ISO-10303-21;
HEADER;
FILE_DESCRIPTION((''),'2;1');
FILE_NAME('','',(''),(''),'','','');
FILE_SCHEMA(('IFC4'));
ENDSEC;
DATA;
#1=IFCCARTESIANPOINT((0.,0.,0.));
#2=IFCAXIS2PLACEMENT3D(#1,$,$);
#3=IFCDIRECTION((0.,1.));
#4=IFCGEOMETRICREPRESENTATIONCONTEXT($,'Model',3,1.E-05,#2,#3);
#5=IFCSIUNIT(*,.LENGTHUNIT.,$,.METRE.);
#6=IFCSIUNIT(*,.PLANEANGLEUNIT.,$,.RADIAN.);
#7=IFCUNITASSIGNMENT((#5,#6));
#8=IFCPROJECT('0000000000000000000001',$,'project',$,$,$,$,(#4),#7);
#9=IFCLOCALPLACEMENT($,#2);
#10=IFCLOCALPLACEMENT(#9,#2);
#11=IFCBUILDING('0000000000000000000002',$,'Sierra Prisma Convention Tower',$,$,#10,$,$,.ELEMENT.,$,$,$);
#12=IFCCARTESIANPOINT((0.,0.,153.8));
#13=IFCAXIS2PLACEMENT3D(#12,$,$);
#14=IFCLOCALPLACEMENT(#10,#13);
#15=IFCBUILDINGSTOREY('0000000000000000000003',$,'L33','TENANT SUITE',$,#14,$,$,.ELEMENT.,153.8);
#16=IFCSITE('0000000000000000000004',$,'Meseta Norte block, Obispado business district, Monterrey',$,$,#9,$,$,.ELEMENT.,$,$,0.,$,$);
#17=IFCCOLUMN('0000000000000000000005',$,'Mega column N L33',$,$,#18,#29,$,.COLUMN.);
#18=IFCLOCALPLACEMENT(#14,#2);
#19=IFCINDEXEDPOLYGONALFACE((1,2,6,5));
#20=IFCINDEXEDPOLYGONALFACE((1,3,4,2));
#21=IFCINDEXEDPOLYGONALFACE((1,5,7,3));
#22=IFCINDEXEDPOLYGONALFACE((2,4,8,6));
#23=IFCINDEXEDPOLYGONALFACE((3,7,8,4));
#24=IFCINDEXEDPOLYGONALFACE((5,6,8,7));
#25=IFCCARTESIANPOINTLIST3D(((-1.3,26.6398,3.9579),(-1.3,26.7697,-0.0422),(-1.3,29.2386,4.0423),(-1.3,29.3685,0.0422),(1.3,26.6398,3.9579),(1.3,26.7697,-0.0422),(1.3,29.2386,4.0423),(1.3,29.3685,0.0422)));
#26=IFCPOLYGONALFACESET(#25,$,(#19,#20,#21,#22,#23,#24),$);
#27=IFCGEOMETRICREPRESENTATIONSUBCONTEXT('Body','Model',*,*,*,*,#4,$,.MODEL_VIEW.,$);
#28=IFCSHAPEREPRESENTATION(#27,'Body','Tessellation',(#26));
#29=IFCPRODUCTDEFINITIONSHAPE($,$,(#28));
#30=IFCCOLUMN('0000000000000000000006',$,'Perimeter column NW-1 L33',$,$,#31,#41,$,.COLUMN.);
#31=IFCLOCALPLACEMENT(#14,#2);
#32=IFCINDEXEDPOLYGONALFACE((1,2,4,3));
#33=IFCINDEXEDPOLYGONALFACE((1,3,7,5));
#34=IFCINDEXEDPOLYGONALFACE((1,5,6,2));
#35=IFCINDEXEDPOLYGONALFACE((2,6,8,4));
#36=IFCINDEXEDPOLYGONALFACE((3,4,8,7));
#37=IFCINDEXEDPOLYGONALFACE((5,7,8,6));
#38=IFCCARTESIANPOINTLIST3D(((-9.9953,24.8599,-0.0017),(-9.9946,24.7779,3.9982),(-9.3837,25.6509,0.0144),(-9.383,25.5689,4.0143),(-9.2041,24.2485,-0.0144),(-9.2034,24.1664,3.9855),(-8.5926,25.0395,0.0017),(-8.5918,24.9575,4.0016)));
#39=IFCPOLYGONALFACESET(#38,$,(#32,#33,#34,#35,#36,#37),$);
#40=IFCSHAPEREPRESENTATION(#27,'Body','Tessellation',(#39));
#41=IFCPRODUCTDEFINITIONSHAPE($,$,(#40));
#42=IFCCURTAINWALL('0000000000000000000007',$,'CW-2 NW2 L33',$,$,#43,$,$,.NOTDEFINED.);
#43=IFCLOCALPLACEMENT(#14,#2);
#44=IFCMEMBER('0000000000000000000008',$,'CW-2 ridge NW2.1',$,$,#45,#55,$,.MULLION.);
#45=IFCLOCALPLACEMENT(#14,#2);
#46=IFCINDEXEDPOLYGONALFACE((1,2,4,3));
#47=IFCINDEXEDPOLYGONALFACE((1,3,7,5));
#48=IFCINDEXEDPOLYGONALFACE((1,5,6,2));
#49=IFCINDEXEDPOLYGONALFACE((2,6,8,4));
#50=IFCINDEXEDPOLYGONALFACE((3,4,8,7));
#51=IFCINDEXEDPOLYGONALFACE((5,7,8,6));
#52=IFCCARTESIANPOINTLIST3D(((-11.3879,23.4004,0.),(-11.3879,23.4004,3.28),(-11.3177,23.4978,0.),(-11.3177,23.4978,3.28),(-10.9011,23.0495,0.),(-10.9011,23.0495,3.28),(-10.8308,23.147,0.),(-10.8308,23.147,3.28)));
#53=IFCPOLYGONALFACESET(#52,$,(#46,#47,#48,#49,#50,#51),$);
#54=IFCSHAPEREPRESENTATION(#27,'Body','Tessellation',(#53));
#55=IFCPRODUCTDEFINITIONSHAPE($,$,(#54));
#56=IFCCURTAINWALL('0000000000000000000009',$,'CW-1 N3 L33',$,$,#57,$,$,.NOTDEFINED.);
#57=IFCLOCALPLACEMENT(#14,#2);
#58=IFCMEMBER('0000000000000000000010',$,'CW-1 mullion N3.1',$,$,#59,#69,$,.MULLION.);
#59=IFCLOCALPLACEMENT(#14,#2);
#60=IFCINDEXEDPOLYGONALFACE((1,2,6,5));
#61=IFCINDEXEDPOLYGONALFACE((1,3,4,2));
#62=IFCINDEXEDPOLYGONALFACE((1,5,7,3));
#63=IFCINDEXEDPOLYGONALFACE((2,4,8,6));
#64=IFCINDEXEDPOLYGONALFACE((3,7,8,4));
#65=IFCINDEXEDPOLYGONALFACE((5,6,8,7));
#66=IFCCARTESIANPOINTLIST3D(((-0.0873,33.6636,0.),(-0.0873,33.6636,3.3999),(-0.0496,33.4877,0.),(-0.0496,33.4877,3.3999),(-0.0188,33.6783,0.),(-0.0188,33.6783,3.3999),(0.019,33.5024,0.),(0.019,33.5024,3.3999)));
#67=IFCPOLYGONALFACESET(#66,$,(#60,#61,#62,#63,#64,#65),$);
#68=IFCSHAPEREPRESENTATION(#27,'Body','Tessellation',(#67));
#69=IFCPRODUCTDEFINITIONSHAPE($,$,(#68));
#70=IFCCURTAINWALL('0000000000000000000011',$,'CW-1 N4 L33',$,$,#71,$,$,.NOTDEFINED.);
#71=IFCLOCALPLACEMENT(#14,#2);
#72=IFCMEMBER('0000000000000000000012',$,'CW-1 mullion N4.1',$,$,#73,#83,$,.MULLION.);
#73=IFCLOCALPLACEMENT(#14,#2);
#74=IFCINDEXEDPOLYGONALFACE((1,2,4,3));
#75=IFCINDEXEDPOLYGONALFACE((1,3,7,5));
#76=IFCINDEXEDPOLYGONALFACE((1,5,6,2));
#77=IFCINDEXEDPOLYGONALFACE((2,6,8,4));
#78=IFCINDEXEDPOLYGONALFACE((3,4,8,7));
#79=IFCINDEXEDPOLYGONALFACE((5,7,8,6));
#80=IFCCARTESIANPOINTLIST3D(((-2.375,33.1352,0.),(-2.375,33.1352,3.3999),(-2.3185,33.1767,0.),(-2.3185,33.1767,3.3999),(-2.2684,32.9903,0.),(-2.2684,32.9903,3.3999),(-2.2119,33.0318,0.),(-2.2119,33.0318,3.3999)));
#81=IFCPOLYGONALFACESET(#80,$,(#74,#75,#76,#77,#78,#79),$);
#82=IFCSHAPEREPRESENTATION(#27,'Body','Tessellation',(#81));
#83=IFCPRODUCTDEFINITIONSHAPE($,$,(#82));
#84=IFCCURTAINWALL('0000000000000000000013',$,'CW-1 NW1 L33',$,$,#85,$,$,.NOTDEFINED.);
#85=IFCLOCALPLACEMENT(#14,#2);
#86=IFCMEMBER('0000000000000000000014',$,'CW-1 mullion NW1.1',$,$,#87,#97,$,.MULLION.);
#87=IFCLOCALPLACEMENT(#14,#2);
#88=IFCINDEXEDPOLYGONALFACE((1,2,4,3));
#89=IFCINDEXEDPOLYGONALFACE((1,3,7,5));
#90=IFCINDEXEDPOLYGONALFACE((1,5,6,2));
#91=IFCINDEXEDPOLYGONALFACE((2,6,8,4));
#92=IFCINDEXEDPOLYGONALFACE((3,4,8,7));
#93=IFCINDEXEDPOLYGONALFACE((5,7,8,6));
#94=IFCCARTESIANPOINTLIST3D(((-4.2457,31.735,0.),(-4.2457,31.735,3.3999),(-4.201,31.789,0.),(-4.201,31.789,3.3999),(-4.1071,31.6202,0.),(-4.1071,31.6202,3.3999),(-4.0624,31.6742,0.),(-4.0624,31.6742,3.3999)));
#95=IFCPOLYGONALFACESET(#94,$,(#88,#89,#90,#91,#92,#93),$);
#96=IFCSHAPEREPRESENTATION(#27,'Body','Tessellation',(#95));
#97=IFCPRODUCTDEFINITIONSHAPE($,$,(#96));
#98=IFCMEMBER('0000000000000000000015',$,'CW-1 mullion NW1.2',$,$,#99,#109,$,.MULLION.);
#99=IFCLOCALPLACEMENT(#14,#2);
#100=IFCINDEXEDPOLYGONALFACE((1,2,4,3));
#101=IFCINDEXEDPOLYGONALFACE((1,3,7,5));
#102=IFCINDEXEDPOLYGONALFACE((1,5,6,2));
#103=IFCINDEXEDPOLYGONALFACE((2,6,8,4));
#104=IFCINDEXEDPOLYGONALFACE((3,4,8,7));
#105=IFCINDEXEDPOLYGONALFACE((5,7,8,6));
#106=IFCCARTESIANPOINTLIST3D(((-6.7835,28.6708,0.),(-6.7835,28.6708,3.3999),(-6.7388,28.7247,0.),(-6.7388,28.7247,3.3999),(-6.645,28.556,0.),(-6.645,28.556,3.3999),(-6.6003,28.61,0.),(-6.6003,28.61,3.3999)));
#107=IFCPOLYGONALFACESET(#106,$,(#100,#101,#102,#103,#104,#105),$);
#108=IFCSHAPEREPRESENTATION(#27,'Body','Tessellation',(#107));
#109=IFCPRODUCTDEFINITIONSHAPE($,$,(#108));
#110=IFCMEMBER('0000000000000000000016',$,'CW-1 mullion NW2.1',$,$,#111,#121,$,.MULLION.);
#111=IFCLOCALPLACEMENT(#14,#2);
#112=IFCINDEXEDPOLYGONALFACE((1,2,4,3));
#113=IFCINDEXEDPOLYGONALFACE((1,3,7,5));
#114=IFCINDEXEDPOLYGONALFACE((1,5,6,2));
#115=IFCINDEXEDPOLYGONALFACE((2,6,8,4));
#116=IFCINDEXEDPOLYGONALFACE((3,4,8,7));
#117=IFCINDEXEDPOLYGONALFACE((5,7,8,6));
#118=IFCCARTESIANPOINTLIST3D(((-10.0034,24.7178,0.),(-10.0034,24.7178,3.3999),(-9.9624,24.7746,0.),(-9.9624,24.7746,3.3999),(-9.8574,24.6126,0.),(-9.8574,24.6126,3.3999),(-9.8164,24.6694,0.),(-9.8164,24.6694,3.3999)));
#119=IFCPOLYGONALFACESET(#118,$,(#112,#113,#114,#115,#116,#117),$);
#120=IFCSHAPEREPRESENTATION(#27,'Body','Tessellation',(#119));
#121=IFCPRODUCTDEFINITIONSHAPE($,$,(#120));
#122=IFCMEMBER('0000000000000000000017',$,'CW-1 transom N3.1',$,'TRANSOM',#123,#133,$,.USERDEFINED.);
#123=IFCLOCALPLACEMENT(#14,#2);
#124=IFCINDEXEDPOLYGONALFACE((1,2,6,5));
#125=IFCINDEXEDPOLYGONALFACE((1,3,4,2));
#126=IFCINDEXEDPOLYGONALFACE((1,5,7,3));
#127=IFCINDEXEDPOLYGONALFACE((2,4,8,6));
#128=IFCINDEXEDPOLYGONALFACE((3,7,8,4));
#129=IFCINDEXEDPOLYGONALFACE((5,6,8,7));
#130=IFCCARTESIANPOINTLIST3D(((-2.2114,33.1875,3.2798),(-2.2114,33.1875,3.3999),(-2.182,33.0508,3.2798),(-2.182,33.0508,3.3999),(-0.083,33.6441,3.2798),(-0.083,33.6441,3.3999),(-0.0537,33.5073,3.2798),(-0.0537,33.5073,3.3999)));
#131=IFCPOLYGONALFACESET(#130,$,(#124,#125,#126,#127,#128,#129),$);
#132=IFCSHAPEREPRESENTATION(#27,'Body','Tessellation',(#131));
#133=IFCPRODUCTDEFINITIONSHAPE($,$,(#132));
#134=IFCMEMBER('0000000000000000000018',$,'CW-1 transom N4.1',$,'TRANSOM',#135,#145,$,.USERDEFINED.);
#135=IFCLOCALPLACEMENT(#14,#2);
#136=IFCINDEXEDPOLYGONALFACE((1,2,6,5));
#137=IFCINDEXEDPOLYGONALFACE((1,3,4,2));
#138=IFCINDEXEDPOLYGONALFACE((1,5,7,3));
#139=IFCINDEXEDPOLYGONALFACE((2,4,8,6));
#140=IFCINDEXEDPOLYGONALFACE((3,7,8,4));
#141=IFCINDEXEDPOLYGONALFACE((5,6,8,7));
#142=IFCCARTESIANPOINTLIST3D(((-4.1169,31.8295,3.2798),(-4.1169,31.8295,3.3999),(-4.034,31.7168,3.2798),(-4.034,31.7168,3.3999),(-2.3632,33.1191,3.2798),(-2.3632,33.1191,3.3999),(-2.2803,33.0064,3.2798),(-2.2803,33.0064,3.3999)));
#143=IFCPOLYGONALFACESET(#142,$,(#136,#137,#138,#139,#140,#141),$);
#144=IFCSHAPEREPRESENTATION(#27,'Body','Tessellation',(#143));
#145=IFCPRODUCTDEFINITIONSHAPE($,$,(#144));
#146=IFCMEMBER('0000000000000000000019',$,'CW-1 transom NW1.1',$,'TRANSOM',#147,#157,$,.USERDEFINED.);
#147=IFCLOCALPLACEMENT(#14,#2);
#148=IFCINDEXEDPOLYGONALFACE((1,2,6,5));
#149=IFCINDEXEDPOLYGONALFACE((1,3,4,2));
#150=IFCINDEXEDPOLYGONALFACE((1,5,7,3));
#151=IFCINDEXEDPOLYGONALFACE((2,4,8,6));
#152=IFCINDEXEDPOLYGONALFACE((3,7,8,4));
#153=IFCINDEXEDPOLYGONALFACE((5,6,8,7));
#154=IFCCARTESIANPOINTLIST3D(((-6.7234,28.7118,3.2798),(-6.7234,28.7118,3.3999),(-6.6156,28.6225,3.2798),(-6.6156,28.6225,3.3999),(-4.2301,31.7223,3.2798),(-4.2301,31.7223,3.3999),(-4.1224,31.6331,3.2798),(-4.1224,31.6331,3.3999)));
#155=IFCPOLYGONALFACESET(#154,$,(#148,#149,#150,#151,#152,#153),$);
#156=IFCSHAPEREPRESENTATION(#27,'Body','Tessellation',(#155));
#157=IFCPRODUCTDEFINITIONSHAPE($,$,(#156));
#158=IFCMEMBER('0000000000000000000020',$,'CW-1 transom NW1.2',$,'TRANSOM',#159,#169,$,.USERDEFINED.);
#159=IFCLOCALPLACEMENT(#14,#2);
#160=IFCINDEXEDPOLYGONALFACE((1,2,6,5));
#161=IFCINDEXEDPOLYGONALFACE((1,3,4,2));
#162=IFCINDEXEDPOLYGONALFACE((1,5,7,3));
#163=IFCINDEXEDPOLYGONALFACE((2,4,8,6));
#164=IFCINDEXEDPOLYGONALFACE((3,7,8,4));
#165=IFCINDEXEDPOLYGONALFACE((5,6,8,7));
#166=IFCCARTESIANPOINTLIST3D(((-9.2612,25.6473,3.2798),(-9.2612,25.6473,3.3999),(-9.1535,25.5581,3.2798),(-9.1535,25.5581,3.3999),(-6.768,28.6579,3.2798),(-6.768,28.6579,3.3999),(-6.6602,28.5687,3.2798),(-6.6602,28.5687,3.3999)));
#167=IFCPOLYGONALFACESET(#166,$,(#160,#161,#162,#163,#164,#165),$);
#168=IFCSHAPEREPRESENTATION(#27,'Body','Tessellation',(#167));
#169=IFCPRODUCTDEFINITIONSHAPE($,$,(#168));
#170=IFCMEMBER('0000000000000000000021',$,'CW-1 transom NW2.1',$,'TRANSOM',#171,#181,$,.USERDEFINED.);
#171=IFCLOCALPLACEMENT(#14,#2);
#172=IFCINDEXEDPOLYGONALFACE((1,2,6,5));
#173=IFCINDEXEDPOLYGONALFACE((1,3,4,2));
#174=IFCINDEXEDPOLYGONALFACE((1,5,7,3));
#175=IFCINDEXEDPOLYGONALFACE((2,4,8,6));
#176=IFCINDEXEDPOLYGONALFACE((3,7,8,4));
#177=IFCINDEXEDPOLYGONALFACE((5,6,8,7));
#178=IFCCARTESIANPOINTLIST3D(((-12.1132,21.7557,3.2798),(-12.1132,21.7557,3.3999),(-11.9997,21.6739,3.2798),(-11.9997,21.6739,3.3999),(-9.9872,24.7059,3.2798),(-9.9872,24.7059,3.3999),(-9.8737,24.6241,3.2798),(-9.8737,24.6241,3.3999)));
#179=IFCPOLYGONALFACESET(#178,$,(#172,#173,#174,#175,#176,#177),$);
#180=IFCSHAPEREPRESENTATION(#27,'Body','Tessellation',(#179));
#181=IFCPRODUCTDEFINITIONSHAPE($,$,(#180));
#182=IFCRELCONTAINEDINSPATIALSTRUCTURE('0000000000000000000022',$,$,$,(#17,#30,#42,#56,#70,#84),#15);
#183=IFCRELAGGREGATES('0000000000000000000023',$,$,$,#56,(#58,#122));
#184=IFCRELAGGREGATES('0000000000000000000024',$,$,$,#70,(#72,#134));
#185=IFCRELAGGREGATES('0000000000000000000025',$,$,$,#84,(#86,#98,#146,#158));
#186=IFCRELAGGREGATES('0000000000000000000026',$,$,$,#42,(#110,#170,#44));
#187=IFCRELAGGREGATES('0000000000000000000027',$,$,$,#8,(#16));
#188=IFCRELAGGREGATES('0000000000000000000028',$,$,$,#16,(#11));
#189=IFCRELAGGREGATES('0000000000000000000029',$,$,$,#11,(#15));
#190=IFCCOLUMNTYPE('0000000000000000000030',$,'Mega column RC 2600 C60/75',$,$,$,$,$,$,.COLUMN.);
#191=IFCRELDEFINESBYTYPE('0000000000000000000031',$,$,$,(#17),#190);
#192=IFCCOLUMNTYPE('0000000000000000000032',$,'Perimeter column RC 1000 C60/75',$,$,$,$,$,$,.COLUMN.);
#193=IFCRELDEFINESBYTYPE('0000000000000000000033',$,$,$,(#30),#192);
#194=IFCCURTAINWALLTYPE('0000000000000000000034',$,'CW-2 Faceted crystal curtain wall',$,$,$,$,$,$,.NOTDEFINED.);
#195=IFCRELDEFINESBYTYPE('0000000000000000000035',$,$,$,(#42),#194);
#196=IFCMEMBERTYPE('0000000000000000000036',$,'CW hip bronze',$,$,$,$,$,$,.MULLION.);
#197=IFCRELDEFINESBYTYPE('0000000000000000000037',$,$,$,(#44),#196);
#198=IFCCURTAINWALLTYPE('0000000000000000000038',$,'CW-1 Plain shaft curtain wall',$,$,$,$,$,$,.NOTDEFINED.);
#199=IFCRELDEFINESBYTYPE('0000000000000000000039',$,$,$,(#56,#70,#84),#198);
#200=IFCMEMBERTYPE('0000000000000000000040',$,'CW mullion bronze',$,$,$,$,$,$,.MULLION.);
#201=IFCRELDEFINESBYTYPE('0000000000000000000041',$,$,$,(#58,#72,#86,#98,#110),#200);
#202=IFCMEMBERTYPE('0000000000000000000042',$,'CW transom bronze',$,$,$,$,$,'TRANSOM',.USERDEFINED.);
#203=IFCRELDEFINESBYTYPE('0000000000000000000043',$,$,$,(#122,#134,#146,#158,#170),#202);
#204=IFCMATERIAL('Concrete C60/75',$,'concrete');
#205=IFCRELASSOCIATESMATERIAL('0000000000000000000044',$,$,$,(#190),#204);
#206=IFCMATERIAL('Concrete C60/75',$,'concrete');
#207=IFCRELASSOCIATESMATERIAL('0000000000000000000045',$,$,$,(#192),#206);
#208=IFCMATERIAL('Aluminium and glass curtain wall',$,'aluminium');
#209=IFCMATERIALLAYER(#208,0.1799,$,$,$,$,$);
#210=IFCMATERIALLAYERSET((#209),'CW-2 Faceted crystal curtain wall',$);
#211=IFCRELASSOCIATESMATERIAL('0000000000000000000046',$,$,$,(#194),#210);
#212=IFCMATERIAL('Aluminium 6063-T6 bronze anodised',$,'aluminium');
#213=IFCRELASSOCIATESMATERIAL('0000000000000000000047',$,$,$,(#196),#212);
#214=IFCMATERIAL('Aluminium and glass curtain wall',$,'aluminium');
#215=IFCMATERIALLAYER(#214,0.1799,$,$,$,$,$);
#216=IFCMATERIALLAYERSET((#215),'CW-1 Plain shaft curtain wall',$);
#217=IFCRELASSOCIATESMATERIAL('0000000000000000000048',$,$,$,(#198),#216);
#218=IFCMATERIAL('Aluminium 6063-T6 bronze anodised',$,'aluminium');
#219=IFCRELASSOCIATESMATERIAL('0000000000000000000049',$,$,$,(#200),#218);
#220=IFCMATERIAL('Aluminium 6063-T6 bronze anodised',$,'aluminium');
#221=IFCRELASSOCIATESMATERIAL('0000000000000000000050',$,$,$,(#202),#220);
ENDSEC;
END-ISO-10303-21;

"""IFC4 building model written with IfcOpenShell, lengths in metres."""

from ifc_helpers import new_model, si_unit, direction, frame, origin, origin_2d, place, context, subcontext, project, spatial, rectangle, extrude, material, layer, layer_set, material_profile, profile_set, type_object, element, aggregate, save


model = new_model("IFC4")

# Units and contexts
model_context = context("Model", 3, precision=1e-05, world=origin(), true_north=direction((0.0, 1.0)))
body_context = subcontext(model_context, "Body", "Model", "MODEL_VIEW")
ifc_project = project(units=[si_unit("LENGTHUNIT", "METRE"), si_unit("PLANEANGLEUNIT", "RADIAN")], contexts=[model_context])

# Site, building, storey
site_placement = place(None, origin())
site = spatial("IfcSite", under=ifc_project, at=site_placement, Name="Meseta Norte block, Obispado business district, Monterrey", CompositionType="ELEMENT", RefElevation=0.0)
building_placement = place(site_placement, origin())
building = spatial("IfcBuilding", under=site, at=building_placement, Name="Sierra Prisma Convention Tower", CompositionType="ELEMENT")
storey_placement = place(building_placement, frame((0.0, 0.0, 153.8)))
storey = spatial("IfcBuildingStorey", under=building, at=storey_placement, Name="L33", Description="TENANT SUITE", CompositionType="ELEMENT", Elevation=153.8)

# Columns
ifc_material_1 = material(Name="Concrete C60/75", Category="concrete")
ifc_material_profile_1 = material_profile(ifc_material_1, rectangle(XDim=2.6001, YDim=2.6001, at=origin_2d()), Name="Mega column RC 2600 C60/75")
ifc_profile_set_1 = profile_set([ifc_material_profile_1], Name="Concrete C60/75")
column_type_1 = type_object("IfcColumnType", Name="Mega column RC 2600 C60/75", PredefinedType="COLUMN", material=ifc_profile_set_1)
column_1_placement = place(storey_placement, frame((0.0, 28.0691, 0.0), z_axis=(0.0, -0.032454, 0.999473), x_axis=(1.0, 0.0, 0.0)))
element("IfcColumn", 1, at=column_1_placement, inside=storey, type_object=column_type_1, Name="Mega column N L33", PredefinedType="COLUMN", context=body_context, shape_type="SweptSolid", body=[
    extrude(rectangle(XDim=2.6001, YDim=2.6001, at=origin_2d()), origin(), (0.0, 0.0, 1.0), 4.0022),
])
ifc_material_2 = material(Name="Concrete C60/75", Category="concrete")
ifc_material_profile_2 = material_profile(ifc_material_2, rectangle(XDim=1.0, YDim=1.0, at=origin_2d()), Name="Perimeter column RC 1000 C60/75")
ifc_profile_set_2 = profile_set([ifc_material_profile_2], Name="Concrete C60/75")
column_type_2 = type_object("IfcColumnType", Name="Perimeter column RC 1000 C60/75", PredefinedType="COLUMN", material=ifc_profile_set_2)
column_2_placement = place(storey_placement, frame((-9.2939, 24.9497, 0.0), z_axis=(0.000183, -0.020504, 0.99979), x_axis=(0.611585, 0.791015, 0.01611)))
element("IfcColumn", 2, at=column_2_placement, inside=storey, type_object=column_type_2, Name="Perimeter column NW-1 L33", PredefinedType="COLUMN", context=body_context, shape_type="SweptSolid", body=[
    extrude(rectangle(XDim=1.0, YDim=1.0, at=origin_2d()), origin(), (0.0, 0.0, 1.0), 4.0007),
])

# Curtain walls, members
ifc_material_3 = material(Name="Aluminium and glass curtain wall", Category="aluminium")
ifc_layer_1 = layer(ifc_material_3, 0.1799)
ifc_layer_set_1 = layer_set([ifc_layer_1], Name="CW-2 Faceted crystal curtain wall")
curtain_wall_type_1 = type_object("IfcCurtainWallType", Name="CW-2 Faceted crystal curtain wall", PredefinedType="NOTDEFINED", material=ifc_layer_set_1)
curtain_wall_1_placement = place(storey_placement, origin())
curtain_wall_1 = element("IfcCurtainWall", 3, at=curtain_wall_1_placement, inside=storey, type_object=curtain_wall_type_1, Name="CW-2 NW2 L33", PredefinedType="NOTDEFINED")
ifc_material_4 = material(Name="Aluminium 6063-T6 bronze anodised", Category="aluminium")
ifc_material_profile_3 = material_profile(ifc_material_4, rectangle(XDim=0.1201, YDim=0.6001, at=origin_2d()), Name="ALU RIDGE BLADE 120x600")
ifc_profile_set_3 = profile_set([ifc_material_profile_3], Name="Aluminium 6063-T6 bronze anodised")
member_type_1 = type_object("IfcMemberType", Name="CW hip bronze", PredefinedType="MULLION", material=ifc_profile_set_3)
member_1_placement = place(storey_placement, frame((-11.1094, 23.2737, 0.0), z_axis=(0.0, 0.0, 1.0), x_axis=(-0.584648, -0.811287, 0.0)))
member_1 = element("IfcMember", 4, at=member_1_placement, type_object=member_type_1, Name="CW-2 ridge NW2.1", PredefinedType="MULLION", context=body_context, shape_type="SweptSolid", body=[
    extrude(rectangle(XDim=0.1201, YDim=0.6001, at=origin_2d()), origin(), (0.0, 0.0, 1.0), 3.28),
])
ifc_material_5 = material(Name="Aluminium and glass curtain wall", Category="aluminium")
ifc_layer_2 = layer(ifc_material_5, 0.1799)
ifc_layer_set_2 = layer_set([ifc_layer_2], Name="CW-1 Plain shaft curtain wall")
curtain_wall_type_2 = type_object("IfcCurtainWallType", Name="CW-1 Plain shaft curtain wall", PredefinedType="NOTDEFINED", material=ifc_layer_set_2)
curtain_wall_2_placement = place(storey_placement, origin())
curtain_wall_2 = element("IfcCurtainWall", 5, at=curtain_wall_2_placement, inside=storey, type_object=curtain_wall_type_2, Name="CW-1 N3 L33", PredefinedType="NOTDEFINED")
ifc_material_6 = material(Name="Aluminium 6063-T6 bronze anodised", Category="aluminium")
ifc_material_profile_4 = material_profile(ifc_material_6, rectangle(XDim=0.1799, YDim=0.0701, at=origin_2d()), Name="ALU MULLION 70x180")
ifc_profile_set_4 = profile_set([ifc_material_profile_4], Name="Aluminium 6063-T6 bronze anodised")
member_type_2 = type_object("IfcMemberType", Name="CW mullion bronze", PredefinedType="MULLION", material=ifc_profile_set_4)
member_2_placement = place(storey_placement, frame((-0.0342, 33.583, 0.0), z_axis=(0.0, 0.0, 1.0), x_axis=(0.209805, -0.977743, 0.0)))
member_2 = element("IfcMember", 6, at=member_2_placement, type_object=member_type_2, Name="CW-1 mullion N3.1", PredefinedType="MULLION", context=body_context, shape_type="SweptSolid", body=[
    extrude(rectangle(XDim=0.1799, YDim=0.0701, at=origin_2d()), origin(), (0.0, 0.0, 1.0), 3.3999),
])
curtain_wall_3_placement = place(storey_placement, origin())
curtain_wall_3 = element("IfcCurtainWall", 7, at=curtain_wall_3_placement, inside=storey, type_object=curtain_wall_type_2, Name="CW-1 N4 L33", PredefinedType="NOTDEFINED")
member_3_placement = place(storey_placement, frame((-2.2935, 33.0835, 0.0), z_axis=(0.0, 0.0, 1.0), x_axis=(0.592475, -0.805589, 0.0)))
member_3 = element("IfcMember", 8, at=member_3_placement, type_object=member_type_2, Name="CW-1 mullion N4.1", PredefinedType="MULLION", context=body_context, shape_type="SweptSolid", body=[
    extrude(rectangle(XDim=0.1799, YDim=0.0701, at=origin_2d()), origin(), (0.0, 0.0, 1.0), 3.3999),
])

# Curtain wall, members
curtain_wall_4_placement = place(storey_placement, origin())
curtain_wall_4 = element("IfcCurtainWall", 9, at=curtain_wall_4_placement, inside=storey, type_object=curtain_wall_type_2, Name="CW-1 NW1 L33", PredefinedType="NOTDEFINED")
member_4_placement = place(storey_placement, frame((-4.1541, 31.7046, 0.0), z_axis=(0.0, 0.0, 1.0), x_axis=(0.770177, -0.63783, 0.0)))
member_4 = element("IfcMember", 10, at=member_4_placement, type_object=member_type_2, Name="CW-1 mullion NW1.1", PredefinedType="MULLION", context=body_context, shape_type="SweptSolid", body=[
    extrude(rectangle(XDim=0.1799, YDim=0.0701, at=origin_2d()), origin(), (0.0, 0.0, 1.0), 3.3999),
])
member_5_placement = place(storey_placement, frame((-6.6919, 28.6404, 0.0), z_axis=(0.0, 0.0, 1.0), x_axis=(0.770177, -0.63783, 0.0)))
member_5 = element("IfcMember", 11, at=member_5_placement, type_object=member_type_2, Name="CW-1 mullion NW1.2", PredefinedType="MULLION", context=body_context, shape_type="SweptSolid", body=[
    extrude(rectangle(XDim=0.1799, YDim=0.0701, at=origin_2d()), origin(), (0.0, 0.0, 1.0), 3.3999),
])

# Members
member_6_placement = place(storey_placement, frame((-9.9099, 24.6936, 0.0), z_axis=(0.0, 0.0, 1.0), x_axis=(0.811287, -0.584648, 0.0)))
member_6 = element("IfcMember", 12, at=member_6_placement, type_object=member_type_2, Name="CW-1 mullion NW2.1", PredefinedType="MULLION", context=body_context, shape_type="SweptSolid", body=[
    extrude(rectangle(XDim=0.1799, YDim=0.0701, at=origin_2d()), origin(), (0.0, 0.0, 1.0), 3.3999),
])
ifc_material_7 = material(Name="Aluminium 6063-T6 bronze anodised", Category="aluminium")
ifc_material_profile_5 = material_profile(ifc_material_7, rectangle(XDim=0.1399, YDim=0.1201, at=origin_2d()), Name="ALU TRANSOM 120x140")
ifc_profile_set_5 = profile_set([ifc_material_profile_5], Name="Aluminium 6063-T6 bronze anodised")
member_type_3 = type_object("IfcMemberType", Name="CW transom bronze", ElementType="TRANSOM", PredefinedType="USERDEFINED", material=ifc_profile_set_5)
member_7_placement = place(storey_placement, frame((-0.0684, 33.5757, 3.3398), z_axis=(-0.97776, -0.209728, 0.0), x_axis=(0.209728, -0.97776, 0.0)))
member_7 = element("IfcMember", 13, at=member_7_placement, type_object=member_type_3, Name="CW-1 transom N3.1", ObjectType="TRANSOM", PredefinedType="USERDEFINED", context=body_context, shape_type="SweptSolid", body=[
    extrude(rectangle(XDim=0.1399, YDim=0.1201, at=origin_2d()), origin(), (0.0, 0.0, 1.0), 2.1768),
])
member_8_placement = place(storey_placement, frame((-2.3218, 33.0627, 3.3398), z_axis=(-0.805631, -0.592418, 0.0), x_axis=(0.592418, -0.805631, 0.0)))
member_8 = element("IfcMember", 14, at=member_8_placement, type_object=member_type_3, Name="CW-1 transom N4.1", ObjectType="TRANSOM", PredefinedType="USERDEFINED", context=body_context, shape_type="SweptSolid", body=[
    extrude(rectangle(XDim=0.1399, YDim=0.1201, at=origin_2d()), origin(), (0.0, 0.0, 1.0), 2.1768),
])
member_9_placement = place(storey_placement, frame((-4.1763, 31.6777, 3.3398), z_axis=(-0.637828, -0.770178, 0.0), x_axis=(0.770178, -0.637828, 0.0)))
member_9 = element("IfcMember", 15, at=member_9_placement, type_object=member_type_3, Name="CW-1 transom NW1.1", ObjectType="TRANSOM", PredefinedType="USERDEFINED", context=body_context, shape_type="SweptSolid", body=[
    extrude(rectangle(XDim=0.1399, YDim=0.1201, at=origin_2d()), origin(), (0.0, 0.0, 1.0), 3.9089),
])
member_10_placement = place(storey_placement, frame((-6.7141, 28.6133, 3.3398), z_axis=(-0.637828, -0.770178, 0.0), x_axis=(0.770178, -0.637828, 0.0)))
member_10 = element("IfcMember", 16, at=member_10_placement, type_object=member_type_3, Name="CW-1 transom NW1.2", ObjectType="TRANSOM", PredefinedType="USERDEFINED", context=body_context, shape_type="SweptSolid", body=[
    extrude(rectangle(XDim=0.1399, YDim=0.1201, at=origin_2d()), origin(), (0.0, 0.0, 1.0), 3.9089),
])
member_11_placement = place(storey_placement, frame((-9.9304, 24.665, 3.3398), z_axis=(-0.584637, -0.811295, 0.0), x_axis=(0.811295, -0.584637, 0.0)))
member_11 = element("IfcMember", 17, at=member_11_placement, type_object=member_type_3, Name="CW-1 transom NW2.1", ObjectType="TRANSOM", PredefinedType="USERDEFINED", context=body_context, shape_type="SweptSolid", body=[
    extrude(rectangle(XDim=0.1399, YDim=0.1201, at=origin_2d()), origin(), (0.0, 0.0, 1.0), 3.6365),
])

aggregate(curtain_wall_2, [member_2, member_7])
aggregate(curtain_wall_3, [member_3, member_8])
aggregate(curtain_wall_4, [member_4, member_5, member_9, member_10])
aggregate(curtain_wall_1, [member_6, member_11, member_1])

save(model, "model.ifc")
